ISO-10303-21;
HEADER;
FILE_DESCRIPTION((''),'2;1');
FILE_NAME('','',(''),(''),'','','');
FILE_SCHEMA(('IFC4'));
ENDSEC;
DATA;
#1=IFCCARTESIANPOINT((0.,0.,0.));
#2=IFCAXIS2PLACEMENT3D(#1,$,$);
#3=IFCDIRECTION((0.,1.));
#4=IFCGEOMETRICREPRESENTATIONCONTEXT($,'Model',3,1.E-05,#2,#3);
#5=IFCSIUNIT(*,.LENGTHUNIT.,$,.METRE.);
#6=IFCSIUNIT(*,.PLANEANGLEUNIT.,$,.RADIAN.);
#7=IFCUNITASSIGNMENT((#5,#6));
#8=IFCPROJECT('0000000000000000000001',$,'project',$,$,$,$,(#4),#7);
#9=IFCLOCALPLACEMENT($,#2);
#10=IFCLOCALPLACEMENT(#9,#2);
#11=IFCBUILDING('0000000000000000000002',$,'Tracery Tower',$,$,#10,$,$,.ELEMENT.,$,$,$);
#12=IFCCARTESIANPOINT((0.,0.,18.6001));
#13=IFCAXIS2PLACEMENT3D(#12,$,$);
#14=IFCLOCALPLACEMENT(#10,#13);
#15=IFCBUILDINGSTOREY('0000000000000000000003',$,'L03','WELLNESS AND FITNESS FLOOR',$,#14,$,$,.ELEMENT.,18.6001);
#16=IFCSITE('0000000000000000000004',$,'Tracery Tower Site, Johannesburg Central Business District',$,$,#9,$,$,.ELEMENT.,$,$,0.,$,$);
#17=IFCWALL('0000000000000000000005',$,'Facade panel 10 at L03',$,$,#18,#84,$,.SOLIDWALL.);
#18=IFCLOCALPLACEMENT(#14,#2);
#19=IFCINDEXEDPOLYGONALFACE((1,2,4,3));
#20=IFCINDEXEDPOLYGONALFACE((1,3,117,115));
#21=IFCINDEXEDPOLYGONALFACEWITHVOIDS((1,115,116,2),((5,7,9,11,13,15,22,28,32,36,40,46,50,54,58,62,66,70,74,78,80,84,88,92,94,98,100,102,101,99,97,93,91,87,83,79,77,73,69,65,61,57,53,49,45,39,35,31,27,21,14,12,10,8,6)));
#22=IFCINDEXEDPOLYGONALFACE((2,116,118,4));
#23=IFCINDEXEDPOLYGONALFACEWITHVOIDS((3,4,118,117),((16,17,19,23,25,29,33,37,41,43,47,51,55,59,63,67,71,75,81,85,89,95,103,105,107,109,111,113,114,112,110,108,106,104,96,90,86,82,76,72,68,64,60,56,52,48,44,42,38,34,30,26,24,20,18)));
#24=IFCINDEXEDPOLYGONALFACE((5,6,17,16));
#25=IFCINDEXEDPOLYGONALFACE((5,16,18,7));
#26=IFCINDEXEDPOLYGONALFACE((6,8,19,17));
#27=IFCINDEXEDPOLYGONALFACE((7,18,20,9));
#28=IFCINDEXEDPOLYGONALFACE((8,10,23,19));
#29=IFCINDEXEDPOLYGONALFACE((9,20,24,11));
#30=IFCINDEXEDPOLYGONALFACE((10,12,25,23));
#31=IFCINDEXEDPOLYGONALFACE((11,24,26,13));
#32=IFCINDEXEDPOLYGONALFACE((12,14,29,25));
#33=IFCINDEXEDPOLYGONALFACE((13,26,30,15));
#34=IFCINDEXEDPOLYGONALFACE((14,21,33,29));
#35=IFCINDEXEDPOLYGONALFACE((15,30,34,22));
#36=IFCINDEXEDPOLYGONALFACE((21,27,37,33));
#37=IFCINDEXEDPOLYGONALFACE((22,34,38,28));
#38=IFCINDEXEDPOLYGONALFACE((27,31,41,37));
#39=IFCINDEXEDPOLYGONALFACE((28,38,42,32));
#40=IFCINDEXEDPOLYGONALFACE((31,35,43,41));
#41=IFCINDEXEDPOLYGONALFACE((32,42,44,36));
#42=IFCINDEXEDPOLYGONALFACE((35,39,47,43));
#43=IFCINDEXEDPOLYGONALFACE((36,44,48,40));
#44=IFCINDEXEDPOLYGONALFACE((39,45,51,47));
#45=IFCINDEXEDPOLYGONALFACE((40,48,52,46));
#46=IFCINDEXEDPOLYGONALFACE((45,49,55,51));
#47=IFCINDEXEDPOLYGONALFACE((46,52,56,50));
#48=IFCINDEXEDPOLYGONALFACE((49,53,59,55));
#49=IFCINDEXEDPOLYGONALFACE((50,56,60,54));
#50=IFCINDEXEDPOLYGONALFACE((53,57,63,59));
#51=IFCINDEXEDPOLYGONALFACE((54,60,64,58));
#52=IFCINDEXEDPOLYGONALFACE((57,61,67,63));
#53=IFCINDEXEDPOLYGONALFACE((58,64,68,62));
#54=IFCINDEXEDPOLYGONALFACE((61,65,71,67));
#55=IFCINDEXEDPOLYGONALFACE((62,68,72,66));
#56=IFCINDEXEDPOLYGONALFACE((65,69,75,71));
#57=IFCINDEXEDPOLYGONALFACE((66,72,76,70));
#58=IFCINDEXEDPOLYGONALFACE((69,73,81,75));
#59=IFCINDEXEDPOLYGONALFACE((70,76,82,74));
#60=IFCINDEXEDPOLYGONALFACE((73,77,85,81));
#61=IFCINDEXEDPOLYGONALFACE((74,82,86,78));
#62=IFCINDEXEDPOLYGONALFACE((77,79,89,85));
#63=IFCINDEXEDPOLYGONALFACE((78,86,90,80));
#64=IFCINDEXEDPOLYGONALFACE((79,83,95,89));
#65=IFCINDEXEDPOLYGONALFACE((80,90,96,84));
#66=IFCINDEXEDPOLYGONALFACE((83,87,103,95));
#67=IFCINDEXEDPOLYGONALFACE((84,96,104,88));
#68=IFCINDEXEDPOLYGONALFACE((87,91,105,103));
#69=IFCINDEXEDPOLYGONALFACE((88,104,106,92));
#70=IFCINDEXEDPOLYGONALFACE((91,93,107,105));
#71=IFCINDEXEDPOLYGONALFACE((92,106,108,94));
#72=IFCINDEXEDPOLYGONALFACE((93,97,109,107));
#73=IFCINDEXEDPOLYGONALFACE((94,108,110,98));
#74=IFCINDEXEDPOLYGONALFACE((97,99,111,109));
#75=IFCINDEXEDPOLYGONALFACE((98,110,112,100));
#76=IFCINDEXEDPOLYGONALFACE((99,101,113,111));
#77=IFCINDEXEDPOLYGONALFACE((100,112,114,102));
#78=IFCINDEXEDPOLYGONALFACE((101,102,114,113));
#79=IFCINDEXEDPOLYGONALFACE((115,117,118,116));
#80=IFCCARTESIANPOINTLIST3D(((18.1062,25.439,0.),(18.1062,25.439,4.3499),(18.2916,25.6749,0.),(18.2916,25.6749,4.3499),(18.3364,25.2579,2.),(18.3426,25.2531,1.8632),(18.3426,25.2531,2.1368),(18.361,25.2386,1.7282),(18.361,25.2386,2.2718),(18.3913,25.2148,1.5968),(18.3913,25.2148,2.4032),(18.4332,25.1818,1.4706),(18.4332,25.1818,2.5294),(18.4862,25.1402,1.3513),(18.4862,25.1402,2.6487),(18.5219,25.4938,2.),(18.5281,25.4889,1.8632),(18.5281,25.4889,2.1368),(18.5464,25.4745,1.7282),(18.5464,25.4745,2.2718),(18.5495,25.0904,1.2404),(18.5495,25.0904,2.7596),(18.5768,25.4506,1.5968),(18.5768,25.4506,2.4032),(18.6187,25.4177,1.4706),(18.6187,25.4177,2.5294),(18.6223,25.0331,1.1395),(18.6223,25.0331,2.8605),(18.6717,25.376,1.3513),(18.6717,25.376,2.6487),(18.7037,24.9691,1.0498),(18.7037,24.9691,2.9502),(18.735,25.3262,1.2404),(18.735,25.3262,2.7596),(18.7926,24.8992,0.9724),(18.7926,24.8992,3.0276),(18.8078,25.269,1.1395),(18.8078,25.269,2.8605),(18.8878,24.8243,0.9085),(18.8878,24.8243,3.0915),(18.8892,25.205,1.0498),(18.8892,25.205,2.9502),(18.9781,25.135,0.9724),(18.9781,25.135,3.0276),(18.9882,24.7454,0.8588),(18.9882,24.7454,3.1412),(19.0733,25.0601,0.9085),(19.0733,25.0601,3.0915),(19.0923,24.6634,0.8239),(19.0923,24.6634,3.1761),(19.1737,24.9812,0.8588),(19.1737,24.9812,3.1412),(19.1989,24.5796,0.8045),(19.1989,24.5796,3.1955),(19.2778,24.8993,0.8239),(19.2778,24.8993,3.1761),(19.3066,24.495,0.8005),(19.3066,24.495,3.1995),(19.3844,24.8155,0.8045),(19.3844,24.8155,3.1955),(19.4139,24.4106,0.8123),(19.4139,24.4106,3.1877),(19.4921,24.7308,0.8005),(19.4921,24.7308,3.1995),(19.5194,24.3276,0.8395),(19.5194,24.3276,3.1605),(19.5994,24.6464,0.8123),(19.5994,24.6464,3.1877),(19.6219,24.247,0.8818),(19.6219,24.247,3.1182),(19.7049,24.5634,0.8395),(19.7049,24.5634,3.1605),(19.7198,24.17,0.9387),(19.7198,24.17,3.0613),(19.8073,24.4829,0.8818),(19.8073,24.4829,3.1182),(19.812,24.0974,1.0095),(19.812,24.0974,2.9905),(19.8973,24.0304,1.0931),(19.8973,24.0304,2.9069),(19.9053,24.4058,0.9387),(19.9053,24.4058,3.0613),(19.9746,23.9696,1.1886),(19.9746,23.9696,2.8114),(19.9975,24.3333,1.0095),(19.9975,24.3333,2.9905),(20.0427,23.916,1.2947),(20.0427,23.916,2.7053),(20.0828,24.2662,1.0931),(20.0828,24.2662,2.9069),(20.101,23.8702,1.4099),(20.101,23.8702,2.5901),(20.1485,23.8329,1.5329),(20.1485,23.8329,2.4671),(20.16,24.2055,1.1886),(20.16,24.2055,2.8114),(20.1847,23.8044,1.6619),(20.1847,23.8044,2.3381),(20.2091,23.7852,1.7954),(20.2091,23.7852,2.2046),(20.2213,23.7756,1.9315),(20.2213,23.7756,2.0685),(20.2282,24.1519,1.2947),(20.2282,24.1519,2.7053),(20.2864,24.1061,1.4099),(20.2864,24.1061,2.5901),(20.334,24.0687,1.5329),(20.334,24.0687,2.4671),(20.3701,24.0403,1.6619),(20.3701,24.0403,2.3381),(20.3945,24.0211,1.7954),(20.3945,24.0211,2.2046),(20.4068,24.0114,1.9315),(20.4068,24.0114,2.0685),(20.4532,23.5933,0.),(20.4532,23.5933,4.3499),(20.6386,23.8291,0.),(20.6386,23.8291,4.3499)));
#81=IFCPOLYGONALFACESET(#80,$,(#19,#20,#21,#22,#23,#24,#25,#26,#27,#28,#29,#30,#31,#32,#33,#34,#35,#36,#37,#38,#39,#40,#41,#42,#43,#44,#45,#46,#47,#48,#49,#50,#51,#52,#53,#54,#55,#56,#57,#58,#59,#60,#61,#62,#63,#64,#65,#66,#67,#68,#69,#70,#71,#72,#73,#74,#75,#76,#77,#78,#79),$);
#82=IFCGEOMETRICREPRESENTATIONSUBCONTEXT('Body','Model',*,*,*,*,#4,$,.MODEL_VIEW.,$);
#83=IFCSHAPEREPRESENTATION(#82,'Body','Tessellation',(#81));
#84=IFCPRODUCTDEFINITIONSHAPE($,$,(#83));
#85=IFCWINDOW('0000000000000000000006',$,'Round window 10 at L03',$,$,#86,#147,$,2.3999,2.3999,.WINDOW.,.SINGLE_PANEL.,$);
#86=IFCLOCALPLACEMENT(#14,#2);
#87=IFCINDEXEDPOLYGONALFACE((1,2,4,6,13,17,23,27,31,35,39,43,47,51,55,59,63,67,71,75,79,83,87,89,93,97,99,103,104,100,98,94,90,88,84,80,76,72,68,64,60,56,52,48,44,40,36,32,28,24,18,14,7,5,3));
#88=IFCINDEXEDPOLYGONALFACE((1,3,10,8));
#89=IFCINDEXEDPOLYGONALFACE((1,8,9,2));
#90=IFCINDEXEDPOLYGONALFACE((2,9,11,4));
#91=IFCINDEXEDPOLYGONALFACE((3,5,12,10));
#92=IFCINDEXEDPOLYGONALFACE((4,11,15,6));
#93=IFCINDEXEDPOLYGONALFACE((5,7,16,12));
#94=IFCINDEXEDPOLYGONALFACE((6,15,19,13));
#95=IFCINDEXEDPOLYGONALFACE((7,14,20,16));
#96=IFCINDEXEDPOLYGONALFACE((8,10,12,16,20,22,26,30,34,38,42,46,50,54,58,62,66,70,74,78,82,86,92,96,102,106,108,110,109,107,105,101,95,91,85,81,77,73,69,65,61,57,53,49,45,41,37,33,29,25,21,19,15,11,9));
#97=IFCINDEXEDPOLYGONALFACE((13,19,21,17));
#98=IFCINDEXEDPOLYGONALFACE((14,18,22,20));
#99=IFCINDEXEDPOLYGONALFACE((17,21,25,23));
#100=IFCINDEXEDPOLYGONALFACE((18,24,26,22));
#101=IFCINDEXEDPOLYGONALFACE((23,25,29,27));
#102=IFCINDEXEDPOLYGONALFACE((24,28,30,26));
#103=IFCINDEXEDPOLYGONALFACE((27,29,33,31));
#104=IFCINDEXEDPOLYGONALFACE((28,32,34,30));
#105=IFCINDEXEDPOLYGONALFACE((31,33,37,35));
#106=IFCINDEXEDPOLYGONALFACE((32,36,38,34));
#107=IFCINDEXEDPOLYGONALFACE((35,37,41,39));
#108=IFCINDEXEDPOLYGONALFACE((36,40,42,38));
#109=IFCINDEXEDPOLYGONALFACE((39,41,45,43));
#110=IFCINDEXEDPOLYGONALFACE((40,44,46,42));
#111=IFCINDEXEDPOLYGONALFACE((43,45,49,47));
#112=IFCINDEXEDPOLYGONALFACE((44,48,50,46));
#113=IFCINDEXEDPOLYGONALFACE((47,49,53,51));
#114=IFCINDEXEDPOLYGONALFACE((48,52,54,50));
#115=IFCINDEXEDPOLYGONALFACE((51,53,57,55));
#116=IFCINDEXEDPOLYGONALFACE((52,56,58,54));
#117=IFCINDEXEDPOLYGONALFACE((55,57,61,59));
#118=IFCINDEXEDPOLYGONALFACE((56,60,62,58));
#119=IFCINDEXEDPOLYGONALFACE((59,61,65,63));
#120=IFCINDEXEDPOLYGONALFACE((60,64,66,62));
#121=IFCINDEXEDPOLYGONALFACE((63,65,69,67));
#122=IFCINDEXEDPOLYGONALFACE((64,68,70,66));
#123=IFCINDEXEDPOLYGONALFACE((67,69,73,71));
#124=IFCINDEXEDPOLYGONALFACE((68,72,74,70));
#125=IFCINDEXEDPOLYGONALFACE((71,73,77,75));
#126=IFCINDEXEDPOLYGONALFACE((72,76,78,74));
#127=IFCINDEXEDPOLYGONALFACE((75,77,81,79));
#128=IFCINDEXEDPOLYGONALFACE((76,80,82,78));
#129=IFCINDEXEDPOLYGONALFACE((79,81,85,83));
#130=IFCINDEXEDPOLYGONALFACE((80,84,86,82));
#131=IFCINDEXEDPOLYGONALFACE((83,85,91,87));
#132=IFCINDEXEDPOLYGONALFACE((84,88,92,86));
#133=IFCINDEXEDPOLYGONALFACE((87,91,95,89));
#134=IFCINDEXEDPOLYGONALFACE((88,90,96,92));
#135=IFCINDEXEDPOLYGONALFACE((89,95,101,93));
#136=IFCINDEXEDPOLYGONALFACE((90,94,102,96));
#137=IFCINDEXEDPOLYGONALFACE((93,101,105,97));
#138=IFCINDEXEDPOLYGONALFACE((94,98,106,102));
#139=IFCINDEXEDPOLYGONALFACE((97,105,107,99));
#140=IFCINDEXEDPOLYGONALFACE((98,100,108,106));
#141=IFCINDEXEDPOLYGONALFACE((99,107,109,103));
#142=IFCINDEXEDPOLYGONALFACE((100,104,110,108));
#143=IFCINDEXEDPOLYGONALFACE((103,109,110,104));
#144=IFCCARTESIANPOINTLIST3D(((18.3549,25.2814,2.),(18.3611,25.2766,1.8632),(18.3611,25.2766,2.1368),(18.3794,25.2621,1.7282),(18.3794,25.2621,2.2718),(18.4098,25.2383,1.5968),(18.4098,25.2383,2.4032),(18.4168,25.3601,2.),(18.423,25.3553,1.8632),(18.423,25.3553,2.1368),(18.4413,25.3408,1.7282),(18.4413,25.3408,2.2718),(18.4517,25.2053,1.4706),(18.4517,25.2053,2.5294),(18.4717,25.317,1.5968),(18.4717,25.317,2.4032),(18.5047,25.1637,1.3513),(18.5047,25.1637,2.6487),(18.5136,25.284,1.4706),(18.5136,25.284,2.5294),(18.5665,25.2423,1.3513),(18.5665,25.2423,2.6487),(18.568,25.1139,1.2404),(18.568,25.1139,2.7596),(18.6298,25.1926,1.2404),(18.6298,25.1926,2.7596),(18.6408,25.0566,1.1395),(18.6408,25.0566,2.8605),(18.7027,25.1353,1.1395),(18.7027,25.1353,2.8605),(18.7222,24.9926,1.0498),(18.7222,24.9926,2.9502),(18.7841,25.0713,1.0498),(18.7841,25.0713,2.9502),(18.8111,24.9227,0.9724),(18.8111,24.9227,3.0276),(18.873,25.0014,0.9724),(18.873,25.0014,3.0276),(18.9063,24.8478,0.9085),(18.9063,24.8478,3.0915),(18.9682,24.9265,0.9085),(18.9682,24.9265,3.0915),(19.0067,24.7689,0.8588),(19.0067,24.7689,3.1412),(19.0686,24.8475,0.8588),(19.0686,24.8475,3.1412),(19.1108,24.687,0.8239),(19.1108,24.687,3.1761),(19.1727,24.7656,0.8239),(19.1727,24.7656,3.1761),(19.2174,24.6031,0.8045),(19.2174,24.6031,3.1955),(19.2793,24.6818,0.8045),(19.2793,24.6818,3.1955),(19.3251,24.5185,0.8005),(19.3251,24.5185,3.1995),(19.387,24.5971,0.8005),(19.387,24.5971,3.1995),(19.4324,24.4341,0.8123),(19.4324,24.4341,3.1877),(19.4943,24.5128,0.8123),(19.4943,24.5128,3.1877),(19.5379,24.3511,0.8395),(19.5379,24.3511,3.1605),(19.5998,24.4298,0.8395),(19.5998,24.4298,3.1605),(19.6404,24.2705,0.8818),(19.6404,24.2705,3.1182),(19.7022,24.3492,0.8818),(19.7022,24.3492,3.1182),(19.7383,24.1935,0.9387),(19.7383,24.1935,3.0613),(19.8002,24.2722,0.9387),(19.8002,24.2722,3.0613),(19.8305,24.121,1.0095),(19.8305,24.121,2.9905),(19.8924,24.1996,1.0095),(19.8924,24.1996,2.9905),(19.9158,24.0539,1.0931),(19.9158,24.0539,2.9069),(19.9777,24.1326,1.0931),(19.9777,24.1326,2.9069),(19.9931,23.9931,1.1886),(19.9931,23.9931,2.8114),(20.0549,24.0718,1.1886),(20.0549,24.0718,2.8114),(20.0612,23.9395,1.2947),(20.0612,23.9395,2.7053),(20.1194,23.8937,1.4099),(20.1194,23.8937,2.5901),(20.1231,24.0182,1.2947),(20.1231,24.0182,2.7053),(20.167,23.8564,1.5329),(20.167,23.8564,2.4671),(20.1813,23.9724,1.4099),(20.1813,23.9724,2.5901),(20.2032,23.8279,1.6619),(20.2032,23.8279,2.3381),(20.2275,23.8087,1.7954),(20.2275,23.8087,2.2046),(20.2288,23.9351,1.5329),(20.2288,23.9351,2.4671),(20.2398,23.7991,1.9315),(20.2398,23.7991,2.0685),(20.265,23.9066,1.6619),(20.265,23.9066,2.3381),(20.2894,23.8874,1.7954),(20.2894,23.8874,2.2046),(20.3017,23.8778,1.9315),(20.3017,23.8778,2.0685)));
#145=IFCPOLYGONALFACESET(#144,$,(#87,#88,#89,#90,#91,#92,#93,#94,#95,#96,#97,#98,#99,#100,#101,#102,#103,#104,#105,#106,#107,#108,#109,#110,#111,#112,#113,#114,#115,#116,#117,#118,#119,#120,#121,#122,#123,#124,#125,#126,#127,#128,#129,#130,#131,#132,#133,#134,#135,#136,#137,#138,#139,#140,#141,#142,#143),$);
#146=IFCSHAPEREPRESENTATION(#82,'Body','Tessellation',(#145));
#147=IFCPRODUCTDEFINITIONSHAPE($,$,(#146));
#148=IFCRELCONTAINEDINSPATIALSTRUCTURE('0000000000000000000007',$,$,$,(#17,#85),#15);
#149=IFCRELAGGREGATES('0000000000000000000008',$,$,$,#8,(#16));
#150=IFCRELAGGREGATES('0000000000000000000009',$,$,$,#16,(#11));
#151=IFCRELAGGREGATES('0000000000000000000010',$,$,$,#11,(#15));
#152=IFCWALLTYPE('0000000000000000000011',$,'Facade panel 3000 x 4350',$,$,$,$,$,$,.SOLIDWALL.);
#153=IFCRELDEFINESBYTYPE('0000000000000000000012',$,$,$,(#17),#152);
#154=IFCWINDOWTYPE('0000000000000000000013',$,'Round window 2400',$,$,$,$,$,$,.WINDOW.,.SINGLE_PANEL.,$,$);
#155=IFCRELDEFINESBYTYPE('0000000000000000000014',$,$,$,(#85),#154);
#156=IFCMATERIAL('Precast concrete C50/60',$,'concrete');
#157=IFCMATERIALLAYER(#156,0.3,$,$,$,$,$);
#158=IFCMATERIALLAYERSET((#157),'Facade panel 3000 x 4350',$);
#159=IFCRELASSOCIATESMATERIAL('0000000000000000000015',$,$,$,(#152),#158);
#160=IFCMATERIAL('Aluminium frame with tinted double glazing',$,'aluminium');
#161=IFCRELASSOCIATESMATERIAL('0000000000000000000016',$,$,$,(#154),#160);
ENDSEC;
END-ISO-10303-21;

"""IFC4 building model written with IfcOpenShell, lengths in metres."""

from ifc_helpers import new_model, si_unit, direction, frame, frame_2d, origin, origin_2d, place, context, subcontext, project, spatial, rectangle, circle, extrude, material, layer, layer_set, type_object, element, fill, save


model = new_model("IFC4")

# Units and contexts
model_context = context("Model", 3, precision=1e-05, world=origin(), true_north=direction((0.0, 1.0)))
body_context = subcontext(model_context, "Body", "Model", "MODEL_VIEW")
ifc_project = project(units=[si_unit("LENGTHUNIT", "METRE"), si_unit("PLANEANGLEUNIT", "RADIAN")], contexts=[model_context])

# Site, building, storey
site_placement = place(None, origin())
site = spatial("IfcSite", under=ifc_project, at=site_placement, Name="Tracery Tower Site, Johannesburg Central Business District", CompositionType="ELEMENT", RefElevation=0.0)
building_placement = place(site_placement, origin())
building = spatial("IfcBuilding", under=site, at=building_placement, Name="Tracery Tower", CompositionType="ELEMENT")
storey_placement = place(building_placement, frame((0.0, 0.0, 18.6001)))
storey = spatial("IfcBuildingStorey", under=building, at=storey_placement, Name="L03", Description="WELLNESS AND FITNESS FLOOR", CompositionType="ELEMENT", Elevation=18.6001)

# Wall, opening, window
ifc_material_1 = material(Name="Precast concrete C50/60", Category="concrete")
ifc_layer_1 = layer(ifc_material_1, 0.3)
ifc_layer_set_1 = layer_set([ifc_layer_1], Name="Facade panel 3000 x 4350")
wall_type_1 = type_object("IfcWallType", Name="Facade panel 3000 x 4350", PredefinedType="SOLIDWALL", material=ifc_layer_set_1)
ifc_material_2 = material(Name="Aluminium frame with tinted double glazing", Category="aluminium")
window_type = type_object("IfcWindowType", Name="Round window 2400", PartitioningType="SINGLE_PANEL", PredefinedType="WINDOW", material=ifc_material_2)
wall_1_placement = place(storey_placement, frame((20.5459, 23.7112, 0.0), z_axis=(0.0, 0.0, 1.0), x_axis=(-0.786043, 0.618172, 0.0)))
wall_1 = element("IfcWall", 1, at=wall_1_placement, inside=storey, type_object=wall_type_1, Name="Facade panel 10 at L03", PredefinedType="SOLIDWALL", context=body_context, shape_type="SweptSolid", body=[
    extrude(rectangle(XDim=2.9858, YDim=0.3, at=frame_2d((1.4929, 0.0))), origin(), (0.0, 0.0, 1.0), 4.3499),
])
opening_1_placement = place(wall_1_placement, frame((1.4929, 0.0, 2.0)))
opening_1 = element("IfcOpeningElement", 2, at=opening_1_placement, cuts=wall_1, PredefinedType="OPENING", context=body_context, shape_type="SweptSolid", body=[
    extrude(circle(Radius=1.2, at=origin_2d()), frame((0.0, 0.1599, 0.0), z_axis=(0.0, -1.0, 0.0), x_axis=(1.0, 0.0, 0.0)), (0.0, 0.0, 1.0), 0.3201),
])
window_1_placement = place(opening_1_placement, origin())
window_1 = element("IfcWindow", 3, at=window_1_placement, inside=storey, type_object=window_type, Name="Round window 10 at L03", OverallHeight=2.3999, OverallWidth=2.3999, PartitioningType="SINGLE_PANEL", PredefinedType="WINDOW", context=body_context, shape_type="SweptSolid", body=[
    extrude(circle(Radius=1.2, at=origin_2d()), frame((0.0, 0.1201, 0.0), z_axis=(0.0, -1.0, 0.0), x_axis=(1.0, 0.0, 0.0)), (0.0, 0.0, 1.0), 0.1001),
])
fill(opening_1, window_1)

save(model, "model.ifc")
